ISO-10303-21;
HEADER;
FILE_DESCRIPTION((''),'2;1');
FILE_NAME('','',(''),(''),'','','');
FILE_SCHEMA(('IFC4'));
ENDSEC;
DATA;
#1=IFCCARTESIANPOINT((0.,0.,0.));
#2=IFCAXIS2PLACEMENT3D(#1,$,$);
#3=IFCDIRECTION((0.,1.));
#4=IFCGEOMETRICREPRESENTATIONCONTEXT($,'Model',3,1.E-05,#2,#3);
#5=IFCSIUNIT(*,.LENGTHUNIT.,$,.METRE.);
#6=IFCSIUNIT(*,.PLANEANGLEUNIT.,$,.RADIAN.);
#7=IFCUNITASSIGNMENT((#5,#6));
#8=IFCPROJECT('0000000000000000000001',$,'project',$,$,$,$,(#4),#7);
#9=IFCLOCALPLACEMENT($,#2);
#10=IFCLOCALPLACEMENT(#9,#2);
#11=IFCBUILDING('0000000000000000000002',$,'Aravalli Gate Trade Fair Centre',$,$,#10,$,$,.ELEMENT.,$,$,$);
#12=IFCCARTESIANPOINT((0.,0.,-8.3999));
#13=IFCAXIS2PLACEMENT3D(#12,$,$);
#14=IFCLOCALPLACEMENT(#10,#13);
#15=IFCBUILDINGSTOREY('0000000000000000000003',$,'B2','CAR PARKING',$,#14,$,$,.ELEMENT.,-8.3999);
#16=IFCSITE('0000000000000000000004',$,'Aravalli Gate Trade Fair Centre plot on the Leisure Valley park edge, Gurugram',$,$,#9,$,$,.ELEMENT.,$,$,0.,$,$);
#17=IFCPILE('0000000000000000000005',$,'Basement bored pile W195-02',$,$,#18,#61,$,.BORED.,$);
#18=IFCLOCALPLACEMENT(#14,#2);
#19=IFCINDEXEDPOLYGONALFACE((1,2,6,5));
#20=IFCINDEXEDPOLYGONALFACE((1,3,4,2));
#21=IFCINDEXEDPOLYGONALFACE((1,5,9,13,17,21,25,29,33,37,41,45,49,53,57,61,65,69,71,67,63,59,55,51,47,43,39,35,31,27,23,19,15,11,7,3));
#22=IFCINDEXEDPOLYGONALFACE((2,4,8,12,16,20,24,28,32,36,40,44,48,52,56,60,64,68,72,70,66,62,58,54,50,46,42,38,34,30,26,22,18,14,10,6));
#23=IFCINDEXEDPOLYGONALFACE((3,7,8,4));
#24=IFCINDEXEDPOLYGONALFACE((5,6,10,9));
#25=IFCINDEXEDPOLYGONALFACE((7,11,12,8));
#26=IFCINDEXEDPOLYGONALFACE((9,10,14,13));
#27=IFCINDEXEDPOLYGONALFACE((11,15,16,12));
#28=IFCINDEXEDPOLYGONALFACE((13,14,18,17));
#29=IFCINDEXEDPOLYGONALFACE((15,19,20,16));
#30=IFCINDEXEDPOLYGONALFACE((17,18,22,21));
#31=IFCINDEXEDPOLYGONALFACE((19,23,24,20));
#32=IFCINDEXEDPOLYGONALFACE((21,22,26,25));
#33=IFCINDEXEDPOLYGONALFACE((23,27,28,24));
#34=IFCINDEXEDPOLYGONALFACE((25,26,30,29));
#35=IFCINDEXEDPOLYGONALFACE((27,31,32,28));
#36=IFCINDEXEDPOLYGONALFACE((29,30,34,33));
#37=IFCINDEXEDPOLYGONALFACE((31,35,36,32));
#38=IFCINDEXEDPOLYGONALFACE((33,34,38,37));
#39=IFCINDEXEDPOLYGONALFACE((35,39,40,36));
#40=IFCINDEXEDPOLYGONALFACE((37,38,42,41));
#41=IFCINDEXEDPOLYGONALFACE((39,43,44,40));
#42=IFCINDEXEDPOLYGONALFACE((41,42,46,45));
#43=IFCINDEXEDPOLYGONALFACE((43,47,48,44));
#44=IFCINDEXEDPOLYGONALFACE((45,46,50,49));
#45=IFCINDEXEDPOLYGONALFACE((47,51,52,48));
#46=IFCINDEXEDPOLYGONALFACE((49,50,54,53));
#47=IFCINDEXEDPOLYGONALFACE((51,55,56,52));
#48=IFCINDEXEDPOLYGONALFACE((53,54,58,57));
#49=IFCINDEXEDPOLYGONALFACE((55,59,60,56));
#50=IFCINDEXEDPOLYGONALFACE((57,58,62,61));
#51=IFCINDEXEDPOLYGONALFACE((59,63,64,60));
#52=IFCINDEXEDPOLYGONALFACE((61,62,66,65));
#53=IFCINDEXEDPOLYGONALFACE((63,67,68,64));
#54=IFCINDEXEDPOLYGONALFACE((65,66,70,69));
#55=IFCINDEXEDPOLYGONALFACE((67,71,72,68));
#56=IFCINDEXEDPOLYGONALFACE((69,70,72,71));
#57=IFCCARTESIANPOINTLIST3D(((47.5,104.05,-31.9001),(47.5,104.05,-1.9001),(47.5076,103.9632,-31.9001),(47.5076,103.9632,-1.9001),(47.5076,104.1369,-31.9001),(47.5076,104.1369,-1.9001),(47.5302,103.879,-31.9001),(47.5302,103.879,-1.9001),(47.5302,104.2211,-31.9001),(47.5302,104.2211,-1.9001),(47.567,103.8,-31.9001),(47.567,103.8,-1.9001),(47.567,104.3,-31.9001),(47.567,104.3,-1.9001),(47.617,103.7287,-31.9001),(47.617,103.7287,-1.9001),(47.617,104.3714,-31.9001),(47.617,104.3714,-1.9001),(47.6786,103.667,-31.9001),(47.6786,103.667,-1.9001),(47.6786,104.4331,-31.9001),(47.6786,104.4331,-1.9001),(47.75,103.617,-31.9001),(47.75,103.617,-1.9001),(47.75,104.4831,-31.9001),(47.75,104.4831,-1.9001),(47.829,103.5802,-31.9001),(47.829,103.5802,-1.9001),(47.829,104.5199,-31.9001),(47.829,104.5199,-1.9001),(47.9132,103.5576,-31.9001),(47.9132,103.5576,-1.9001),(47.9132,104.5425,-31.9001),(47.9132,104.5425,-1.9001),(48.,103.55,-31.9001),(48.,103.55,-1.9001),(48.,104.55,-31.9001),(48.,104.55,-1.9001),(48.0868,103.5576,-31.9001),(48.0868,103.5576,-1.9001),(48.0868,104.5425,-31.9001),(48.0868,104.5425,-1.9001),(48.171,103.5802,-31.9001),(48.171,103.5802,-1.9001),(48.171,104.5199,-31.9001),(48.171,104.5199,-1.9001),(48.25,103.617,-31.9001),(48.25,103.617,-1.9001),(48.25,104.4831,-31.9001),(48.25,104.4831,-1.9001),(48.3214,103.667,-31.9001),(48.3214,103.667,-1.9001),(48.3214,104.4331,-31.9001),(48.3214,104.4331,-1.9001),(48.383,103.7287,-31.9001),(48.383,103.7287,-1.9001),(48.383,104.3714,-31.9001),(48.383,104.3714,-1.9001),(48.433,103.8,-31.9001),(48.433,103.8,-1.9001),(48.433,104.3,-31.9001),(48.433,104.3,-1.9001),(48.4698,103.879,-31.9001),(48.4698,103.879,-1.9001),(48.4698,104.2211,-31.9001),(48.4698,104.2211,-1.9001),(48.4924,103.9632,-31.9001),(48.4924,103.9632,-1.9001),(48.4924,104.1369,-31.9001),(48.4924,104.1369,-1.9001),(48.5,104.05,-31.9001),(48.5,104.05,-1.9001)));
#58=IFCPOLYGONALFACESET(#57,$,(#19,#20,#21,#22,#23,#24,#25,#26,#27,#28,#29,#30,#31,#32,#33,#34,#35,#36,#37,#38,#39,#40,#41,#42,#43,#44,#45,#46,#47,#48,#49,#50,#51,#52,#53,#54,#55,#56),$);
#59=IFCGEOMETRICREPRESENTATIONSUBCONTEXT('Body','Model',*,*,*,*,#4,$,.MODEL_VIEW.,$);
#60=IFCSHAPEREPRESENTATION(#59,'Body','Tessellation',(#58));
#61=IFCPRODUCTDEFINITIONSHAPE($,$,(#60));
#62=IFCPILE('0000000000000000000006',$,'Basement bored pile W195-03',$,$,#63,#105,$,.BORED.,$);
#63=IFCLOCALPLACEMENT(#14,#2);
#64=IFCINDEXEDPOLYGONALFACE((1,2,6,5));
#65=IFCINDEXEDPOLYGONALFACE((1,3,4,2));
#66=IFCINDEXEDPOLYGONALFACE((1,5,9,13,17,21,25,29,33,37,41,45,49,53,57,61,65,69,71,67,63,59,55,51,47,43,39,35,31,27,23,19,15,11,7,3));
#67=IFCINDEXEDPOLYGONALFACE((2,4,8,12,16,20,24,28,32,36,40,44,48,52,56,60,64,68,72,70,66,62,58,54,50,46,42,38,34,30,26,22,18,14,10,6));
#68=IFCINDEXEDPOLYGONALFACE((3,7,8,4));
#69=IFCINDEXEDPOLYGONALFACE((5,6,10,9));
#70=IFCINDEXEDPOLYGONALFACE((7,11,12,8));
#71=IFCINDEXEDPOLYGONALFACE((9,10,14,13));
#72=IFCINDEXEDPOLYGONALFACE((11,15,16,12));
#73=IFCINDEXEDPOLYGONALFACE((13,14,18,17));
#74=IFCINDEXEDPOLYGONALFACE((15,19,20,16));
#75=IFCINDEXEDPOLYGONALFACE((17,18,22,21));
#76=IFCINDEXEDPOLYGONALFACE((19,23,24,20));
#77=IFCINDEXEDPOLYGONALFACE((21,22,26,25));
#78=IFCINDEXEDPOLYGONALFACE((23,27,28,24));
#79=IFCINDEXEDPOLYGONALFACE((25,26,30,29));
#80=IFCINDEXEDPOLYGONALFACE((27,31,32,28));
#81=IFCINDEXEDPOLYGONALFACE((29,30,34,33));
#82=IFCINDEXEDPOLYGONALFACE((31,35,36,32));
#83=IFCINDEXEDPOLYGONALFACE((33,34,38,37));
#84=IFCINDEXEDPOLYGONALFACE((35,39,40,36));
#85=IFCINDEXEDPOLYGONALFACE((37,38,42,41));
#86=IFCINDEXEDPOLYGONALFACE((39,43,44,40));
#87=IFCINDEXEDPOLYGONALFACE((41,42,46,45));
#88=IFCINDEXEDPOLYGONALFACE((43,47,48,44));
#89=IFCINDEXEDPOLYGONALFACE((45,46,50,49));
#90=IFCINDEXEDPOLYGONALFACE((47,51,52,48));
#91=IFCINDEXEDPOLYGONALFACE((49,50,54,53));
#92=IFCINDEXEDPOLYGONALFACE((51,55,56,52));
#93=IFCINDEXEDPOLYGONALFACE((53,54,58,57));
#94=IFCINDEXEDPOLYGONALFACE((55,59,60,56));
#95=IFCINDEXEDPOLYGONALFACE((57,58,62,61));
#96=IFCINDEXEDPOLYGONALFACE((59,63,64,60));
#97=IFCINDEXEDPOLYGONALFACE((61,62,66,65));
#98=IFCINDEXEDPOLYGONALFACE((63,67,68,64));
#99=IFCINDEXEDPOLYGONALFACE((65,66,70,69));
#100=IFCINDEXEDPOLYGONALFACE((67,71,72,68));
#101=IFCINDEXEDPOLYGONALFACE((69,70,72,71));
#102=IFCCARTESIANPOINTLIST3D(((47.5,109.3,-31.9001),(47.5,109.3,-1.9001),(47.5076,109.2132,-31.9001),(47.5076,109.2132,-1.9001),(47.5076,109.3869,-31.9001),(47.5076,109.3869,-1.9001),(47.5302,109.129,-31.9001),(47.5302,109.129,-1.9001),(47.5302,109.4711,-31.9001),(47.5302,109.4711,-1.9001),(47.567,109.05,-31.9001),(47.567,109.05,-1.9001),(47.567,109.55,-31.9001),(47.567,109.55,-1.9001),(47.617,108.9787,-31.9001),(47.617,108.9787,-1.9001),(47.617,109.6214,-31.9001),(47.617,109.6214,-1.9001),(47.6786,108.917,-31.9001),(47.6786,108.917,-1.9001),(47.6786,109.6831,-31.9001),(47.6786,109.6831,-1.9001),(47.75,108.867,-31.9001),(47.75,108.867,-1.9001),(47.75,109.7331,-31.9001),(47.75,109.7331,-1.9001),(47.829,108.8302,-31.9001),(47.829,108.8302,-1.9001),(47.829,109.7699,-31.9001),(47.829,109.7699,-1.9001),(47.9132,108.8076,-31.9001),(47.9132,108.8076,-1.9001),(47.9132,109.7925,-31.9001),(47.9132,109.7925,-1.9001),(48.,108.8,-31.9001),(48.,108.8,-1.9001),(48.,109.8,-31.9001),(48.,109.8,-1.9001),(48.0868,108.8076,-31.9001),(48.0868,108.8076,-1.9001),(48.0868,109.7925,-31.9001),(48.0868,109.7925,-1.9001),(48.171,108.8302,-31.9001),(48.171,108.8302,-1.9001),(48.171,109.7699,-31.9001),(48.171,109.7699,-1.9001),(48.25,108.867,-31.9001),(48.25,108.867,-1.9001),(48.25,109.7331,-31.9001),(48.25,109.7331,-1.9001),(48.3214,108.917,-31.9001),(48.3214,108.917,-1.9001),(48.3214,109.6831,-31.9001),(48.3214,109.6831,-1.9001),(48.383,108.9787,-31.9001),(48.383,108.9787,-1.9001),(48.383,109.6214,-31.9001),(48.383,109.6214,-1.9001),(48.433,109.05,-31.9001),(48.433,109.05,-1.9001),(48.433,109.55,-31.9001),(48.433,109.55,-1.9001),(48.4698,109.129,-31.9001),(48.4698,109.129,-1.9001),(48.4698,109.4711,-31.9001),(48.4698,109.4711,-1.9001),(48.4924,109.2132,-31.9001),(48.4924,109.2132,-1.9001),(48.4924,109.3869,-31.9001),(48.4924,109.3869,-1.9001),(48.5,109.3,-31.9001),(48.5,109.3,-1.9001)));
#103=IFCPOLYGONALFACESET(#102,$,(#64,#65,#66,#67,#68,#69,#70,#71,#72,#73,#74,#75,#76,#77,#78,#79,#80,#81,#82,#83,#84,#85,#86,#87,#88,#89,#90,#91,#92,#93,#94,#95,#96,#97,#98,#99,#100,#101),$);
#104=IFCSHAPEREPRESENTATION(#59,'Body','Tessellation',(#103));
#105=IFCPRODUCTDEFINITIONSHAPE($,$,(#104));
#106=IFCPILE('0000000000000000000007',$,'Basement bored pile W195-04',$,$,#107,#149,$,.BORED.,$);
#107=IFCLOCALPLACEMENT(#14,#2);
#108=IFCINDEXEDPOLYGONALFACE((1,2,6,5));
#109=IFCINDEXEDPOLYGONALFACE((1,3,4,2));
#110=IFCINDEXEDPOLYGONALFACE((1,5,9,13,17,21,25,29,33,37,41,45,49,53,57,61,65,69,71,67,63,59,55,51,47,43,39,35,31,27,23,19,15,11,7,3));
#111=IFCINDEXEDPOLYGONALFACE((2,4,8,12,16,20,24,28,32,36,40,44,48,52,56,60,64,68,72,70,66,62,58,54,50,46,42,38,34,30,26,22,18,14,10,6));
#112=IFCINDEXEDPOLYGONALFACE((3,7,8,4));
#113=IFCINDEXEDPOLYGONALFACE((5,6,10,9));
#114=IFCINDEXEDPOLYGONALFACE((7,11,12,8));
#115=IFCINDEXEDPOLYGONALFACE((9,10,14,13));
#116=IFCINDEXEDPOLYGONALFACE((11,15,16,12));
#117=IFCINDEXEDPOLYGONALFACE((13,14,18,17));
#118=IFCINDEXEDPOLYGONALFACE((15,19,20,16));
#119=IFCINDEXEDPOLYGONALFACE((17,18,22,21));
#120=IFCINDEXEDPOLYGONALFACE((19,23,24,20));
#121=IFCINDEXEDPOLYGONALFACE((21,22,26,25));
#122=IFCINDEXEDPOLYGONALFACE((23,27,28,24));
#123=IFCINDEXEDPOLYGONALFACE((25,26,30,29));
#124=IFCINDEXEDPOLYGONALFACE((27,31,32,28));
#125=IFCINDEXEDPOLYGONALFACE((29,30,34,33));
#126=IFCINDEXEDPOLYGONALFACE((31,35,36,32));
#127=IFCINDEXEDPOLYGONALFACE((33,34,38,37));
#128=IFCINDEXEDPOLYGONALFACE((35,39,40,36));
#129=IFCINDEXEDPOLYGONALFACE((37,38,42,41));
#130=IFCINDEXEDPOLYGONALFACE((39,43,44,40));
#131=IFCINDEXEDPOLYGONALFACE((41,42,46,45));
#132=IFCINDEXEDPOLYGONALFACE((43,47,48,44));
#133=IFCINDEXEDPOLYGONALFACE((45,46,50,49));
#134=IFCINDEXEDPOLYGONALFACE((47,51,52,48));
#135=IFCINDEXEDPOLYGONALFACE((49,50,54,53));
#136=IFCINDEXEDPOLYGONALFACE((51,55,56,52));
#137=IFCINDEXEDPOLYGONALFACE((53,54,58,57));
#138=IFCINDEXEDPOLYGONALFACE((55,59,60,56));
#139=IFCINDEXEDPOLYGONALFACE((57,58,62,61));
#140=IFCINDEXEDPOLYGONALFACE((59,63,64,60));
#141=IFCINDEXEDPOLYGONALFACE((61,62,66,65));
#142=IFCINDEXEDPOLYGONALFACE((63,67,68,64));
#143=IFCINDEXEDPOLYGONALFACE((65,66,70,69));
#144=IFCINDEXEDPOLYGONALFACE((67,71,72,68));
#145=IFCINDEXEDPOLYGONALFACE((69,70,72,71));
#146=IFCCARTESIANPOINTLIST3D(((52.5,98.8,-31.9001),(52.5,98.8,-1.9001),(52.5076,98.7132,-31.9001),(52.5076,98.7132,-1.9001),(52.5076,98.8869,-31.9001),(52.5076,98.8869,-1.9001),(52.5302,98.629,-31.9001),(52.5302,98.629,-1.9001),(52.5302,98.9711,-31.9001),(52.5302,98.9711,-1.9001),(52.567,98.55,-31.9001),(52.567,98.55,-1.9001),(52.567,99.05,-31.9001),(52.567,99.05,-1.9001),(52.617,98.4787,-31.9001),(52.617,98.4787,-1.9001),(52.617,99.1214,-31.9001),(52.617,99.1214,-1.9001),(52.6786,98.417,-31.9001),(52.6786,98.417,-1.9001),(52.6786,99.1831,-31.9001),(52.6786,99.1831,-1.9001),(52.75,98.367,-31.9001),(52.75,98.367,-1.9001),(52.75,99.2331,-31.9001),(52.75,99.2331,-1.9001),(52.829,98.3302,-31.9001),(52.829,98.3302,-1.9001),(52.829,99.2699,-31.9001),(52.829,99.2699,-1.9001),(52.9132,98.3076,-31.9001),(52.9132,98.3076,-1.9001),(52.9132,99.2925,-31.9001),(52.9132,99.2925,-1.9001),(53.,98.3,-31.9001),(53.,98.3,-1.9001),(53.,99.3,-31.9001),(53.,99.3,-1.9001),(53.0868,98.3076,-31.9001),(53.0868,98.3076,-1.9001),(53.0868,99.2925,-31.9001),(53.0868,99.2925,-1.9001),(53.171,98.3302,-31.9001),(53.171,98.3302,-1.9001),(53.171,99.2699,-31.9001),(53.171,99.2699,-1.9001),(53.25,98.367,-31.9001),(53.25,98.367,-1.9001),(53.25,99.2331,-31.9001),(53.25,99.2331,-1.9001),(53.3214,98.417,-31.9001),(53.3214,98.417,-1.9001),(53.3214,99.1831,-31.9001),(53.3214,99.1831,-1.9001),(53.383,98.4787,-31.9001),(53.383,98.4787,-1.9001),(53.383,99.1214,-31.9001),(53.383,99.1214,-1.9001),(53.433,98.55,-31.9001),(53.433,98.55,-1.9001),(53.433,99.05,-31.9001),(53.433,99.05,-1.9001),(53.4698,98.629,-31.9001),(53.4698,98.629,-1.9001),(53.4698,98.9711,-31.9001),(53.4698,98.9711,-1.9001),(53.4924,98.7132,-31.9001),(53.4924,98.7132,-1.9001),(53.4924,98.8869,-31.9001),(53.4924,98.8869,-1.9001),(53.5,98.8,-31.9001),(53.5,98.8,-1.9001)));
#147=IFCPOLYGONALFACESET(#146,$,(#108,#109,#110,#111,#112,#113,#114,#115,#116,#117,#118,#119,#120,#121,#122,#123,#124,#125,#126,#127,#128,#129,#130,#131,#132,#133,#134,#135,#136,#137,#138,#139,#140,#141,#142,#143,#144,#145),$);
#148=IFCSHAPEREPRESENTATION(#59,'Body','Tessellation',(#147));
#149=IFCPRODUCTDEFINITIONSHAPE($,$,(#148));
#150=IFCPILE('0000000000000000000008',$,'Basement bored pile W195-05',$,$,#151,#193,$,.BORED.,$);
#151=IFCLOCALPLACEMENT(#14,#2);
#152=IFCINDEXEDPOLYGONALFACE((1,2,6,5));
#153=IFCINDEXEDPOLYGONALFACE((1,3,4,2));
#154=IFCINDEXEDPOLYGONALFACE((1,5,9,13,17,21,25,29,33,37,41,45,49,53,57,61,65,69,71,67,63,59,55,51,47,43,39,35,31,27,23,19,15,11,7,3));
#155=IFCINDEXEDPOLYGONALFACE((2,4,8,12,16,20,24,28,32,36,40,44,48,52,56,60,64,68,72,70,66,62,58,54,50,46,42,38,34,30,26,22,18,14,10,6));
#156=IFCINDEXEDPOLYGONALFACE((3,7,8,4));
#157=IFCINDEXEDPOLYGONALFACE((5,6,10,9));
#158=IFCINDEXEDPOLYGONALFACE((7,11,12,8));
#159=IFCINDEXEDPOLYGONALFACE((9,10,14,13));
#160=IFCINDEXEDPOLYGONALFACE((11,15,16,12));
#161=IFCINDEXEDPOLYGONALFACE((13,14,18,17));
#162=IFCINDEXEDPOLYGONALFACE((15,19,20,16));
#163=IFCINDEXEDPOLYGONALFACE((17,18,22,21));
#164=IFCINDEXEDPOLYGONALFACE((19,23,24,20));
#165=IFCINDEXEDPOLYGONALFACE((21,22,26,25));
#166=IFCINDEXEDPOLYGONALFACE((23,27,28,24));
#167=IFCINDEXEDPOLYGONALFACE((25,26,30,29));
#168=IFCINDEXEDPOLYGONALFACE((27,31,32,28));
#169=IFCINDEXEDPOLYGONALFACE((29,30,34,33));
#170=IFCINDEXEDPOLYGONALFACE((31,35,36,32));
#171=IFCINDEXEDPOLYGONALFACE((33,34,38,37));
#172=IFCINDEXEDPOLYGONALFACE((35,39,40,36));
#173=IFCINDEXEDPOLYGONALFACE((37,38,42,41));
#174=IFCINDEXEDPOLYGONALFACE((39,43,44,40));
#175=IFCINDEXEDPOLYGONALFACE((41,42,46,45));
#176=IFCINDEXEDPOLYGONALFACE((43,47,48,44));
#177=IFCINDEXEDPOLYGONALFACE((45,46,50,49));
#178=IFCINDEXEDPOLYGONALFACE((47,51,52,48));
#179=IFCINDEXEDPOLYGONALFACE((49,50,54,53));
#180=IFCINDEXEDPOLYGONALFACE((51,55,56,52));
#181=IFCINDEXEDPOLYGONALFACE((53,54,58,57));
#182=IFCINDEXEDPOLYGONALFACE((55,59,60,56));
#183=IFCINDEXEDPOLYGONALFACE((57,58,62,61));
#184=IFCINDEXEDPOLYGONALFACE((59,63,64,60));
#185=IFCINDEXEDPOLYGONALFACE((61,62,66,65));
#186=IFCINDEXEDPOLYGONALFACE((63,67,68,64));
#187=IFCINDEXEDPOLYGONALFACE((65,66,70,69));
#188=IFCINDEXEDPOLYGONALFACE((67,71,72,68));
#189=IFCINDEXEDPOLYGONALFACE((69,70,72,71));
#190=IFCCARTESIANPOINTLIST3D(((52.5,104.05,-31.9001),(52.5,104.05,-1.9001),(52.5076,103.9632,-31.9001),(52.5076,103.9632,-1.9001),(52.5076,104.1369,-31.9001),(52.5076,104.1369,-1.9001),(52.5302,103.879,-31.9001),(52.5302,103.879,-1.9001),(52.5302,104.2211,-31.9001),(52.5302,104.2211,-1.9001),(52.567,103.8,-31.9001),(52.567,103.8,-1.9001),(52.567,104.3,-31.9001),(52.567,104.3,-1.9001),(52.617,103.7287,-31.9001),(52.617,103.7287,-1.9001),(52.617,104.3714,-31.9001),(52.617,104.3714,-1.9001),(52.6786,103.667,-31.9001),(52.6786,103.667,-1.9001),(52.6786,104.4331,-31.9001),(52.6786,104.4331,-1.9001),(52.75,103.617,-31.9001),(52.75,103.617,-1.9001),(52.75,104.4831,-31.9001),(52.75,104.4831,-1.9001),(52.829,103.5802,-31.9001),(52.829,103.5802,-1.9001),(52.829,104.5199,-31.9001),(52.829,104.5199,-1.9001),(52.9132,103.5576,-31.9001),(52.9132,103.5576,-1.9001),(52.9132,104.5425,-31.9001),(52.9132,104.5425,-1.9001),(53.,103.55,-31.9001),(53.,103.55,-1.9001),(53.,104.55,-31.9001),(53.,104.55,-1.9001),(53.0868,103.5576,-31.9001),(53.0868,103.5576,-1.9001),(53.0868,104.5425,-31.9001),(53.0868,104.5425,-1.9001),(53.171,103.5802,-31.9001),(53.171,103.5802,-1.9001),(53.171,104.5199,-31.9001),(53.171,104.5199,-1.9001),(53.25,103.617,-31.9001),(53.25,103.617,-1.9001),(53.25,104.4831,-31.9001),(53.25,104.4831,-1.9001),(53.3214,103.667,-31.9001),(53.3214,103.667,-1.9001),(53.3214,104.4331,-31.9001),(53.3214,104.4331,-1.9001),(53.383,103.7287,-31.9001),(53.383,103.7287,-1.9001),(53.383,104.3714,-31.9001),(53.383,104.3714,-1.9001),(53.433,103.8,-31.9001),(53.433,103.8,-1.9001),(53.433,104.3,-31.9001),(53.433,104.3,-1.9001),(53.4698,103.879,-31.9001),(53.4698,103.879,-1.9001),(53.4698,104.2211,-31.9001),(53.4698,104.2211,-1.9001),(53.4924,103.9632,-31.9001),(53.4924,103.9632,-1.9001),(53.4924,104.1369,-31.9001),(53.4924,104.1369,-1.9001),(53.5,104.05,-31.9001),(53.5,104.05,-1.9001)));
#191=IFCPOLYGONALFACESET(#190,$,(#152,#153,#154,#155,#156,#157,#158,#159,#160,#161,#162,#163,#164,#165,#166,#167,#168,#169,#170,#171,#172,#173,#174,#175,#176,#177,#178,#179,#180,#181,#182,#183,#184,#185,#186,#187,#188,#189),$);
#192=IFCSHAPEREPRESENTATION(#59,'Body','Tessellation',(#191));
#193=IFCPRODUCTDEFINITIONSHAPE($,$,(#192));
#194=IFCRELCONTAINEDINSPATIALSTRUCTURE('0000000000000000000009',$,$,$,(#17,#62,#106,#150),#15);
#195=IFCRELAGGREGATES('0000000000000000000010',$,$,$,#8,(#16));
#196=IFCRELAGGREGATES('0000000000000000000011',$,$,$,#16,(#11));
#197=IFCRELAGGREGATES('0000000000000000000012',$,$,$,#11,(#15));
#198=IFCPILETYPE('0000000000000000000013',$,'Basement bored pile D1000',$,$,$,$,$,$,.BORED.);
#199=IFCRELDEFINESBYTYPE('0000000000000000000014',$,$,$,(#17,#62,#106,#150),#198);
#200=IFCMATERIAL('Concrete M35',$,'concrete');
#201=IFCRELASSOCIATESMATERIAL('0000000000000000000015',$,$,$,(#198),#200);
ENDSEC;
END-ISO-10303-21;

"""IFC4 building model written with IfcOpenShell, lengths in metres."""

from ifc_helpers import new_model, si_unit, direction, frame, origin, origin_2d, place, context, subcontext, project, spatial, circle, extrude, material, material_profile, profile_set, type_object, element, save


model = new_model("IFC4")

# Units and contexts
model_context = context("Model", 3, precision=1e-05, world=origin(), true_north=direction((0.0, 1.0)))
body_context = subcontext(model_context, "Body", "Model", "MODEL_VIEW")
ifc_project = project(units=[si_unit("LENGTHUNIT", "METRE"), si_unit("PLANEANGLEUNIT", "RADIAN")], contexts=[model_context])

# Site, building, storey
site_placement = place(None, origin())
site = spatial("IfcSite", under=ifc_project, at=site_placement, Name="Aravalli Gate Trade Fair Centre plot on the Leisure Valley park edge, Gurugram", CompositionType="ELEMENT", RefElevation=0.0)
building_placement = place(site_placement, origin())
building = spatial("IfcBuilding", under=site, at=building_placement, Name="Aravalli Gate Trade Fair Centre", CompositionType="ELEMENT")
storey_placement = place(building_placement, frame((0.0, 0.0, -8.3999)))
storey = spatial("IfcBuildingStorey", under=building, at=storey_placement, Name="B2", Description="CAR PARKING", CompositionType="ELEMENT", Elevation=-8.3999)

# Piles
ifc_material_1 = material(Name="Concrete M35", Category="concrete")
ifc_material_profile_1 = material_profile(ifc_material_1, circle(Radius=0.5, at=origin_2d()), Name="D1000")
ifc_profile_set_1 = profile_set([ifc_material_profile_1], Name="Concrete M35")
pile_type = type_object("IfcPileType", Name="Basement bored pile D1000", PredefinedType="BORED", material=ifc_profile_set_1)
for number, where, z_axis, x_axis, name in (
    (1, (48.0, 104.05, -1.9001), (0.0, 0.0, -1.0), (1.0, 0.0, 0.0), "Basement bored pile W195-02"),
    (2, (48.0, 109.3, -1.9001), (0.0, 0.0, -1.0), (1.0, 0.0, 0.0), "Basement bored pile W195-03"),
    (3, (53.0, 98.8, -1.9001), (0.0, 0.0, -1.0), (1.0, 0.0, 0.0), "Basement bored pile W195-04"),
    (4, (53.0, 104.05, -1.9001), (0.0, 0.0, -1.0), (1.0, 0.0, 0.0), "Basement bored pile W195-05"),
):
    element("IfcPile", number, at=place(storey_placement, frame(where, z_axis=z_axis, x_axis=x_axis)), inside=storey, type_object=pile_type, Name=name, PredefinedType="BORED", context=body_context, shape_type="SweptSolid", body=[
        extrude(circle(Radius=0.5, at=origin_2d()), origin(), (0.0, 0.0, 1.0), 30.0),
    ])

save(model, "model.ifc")
